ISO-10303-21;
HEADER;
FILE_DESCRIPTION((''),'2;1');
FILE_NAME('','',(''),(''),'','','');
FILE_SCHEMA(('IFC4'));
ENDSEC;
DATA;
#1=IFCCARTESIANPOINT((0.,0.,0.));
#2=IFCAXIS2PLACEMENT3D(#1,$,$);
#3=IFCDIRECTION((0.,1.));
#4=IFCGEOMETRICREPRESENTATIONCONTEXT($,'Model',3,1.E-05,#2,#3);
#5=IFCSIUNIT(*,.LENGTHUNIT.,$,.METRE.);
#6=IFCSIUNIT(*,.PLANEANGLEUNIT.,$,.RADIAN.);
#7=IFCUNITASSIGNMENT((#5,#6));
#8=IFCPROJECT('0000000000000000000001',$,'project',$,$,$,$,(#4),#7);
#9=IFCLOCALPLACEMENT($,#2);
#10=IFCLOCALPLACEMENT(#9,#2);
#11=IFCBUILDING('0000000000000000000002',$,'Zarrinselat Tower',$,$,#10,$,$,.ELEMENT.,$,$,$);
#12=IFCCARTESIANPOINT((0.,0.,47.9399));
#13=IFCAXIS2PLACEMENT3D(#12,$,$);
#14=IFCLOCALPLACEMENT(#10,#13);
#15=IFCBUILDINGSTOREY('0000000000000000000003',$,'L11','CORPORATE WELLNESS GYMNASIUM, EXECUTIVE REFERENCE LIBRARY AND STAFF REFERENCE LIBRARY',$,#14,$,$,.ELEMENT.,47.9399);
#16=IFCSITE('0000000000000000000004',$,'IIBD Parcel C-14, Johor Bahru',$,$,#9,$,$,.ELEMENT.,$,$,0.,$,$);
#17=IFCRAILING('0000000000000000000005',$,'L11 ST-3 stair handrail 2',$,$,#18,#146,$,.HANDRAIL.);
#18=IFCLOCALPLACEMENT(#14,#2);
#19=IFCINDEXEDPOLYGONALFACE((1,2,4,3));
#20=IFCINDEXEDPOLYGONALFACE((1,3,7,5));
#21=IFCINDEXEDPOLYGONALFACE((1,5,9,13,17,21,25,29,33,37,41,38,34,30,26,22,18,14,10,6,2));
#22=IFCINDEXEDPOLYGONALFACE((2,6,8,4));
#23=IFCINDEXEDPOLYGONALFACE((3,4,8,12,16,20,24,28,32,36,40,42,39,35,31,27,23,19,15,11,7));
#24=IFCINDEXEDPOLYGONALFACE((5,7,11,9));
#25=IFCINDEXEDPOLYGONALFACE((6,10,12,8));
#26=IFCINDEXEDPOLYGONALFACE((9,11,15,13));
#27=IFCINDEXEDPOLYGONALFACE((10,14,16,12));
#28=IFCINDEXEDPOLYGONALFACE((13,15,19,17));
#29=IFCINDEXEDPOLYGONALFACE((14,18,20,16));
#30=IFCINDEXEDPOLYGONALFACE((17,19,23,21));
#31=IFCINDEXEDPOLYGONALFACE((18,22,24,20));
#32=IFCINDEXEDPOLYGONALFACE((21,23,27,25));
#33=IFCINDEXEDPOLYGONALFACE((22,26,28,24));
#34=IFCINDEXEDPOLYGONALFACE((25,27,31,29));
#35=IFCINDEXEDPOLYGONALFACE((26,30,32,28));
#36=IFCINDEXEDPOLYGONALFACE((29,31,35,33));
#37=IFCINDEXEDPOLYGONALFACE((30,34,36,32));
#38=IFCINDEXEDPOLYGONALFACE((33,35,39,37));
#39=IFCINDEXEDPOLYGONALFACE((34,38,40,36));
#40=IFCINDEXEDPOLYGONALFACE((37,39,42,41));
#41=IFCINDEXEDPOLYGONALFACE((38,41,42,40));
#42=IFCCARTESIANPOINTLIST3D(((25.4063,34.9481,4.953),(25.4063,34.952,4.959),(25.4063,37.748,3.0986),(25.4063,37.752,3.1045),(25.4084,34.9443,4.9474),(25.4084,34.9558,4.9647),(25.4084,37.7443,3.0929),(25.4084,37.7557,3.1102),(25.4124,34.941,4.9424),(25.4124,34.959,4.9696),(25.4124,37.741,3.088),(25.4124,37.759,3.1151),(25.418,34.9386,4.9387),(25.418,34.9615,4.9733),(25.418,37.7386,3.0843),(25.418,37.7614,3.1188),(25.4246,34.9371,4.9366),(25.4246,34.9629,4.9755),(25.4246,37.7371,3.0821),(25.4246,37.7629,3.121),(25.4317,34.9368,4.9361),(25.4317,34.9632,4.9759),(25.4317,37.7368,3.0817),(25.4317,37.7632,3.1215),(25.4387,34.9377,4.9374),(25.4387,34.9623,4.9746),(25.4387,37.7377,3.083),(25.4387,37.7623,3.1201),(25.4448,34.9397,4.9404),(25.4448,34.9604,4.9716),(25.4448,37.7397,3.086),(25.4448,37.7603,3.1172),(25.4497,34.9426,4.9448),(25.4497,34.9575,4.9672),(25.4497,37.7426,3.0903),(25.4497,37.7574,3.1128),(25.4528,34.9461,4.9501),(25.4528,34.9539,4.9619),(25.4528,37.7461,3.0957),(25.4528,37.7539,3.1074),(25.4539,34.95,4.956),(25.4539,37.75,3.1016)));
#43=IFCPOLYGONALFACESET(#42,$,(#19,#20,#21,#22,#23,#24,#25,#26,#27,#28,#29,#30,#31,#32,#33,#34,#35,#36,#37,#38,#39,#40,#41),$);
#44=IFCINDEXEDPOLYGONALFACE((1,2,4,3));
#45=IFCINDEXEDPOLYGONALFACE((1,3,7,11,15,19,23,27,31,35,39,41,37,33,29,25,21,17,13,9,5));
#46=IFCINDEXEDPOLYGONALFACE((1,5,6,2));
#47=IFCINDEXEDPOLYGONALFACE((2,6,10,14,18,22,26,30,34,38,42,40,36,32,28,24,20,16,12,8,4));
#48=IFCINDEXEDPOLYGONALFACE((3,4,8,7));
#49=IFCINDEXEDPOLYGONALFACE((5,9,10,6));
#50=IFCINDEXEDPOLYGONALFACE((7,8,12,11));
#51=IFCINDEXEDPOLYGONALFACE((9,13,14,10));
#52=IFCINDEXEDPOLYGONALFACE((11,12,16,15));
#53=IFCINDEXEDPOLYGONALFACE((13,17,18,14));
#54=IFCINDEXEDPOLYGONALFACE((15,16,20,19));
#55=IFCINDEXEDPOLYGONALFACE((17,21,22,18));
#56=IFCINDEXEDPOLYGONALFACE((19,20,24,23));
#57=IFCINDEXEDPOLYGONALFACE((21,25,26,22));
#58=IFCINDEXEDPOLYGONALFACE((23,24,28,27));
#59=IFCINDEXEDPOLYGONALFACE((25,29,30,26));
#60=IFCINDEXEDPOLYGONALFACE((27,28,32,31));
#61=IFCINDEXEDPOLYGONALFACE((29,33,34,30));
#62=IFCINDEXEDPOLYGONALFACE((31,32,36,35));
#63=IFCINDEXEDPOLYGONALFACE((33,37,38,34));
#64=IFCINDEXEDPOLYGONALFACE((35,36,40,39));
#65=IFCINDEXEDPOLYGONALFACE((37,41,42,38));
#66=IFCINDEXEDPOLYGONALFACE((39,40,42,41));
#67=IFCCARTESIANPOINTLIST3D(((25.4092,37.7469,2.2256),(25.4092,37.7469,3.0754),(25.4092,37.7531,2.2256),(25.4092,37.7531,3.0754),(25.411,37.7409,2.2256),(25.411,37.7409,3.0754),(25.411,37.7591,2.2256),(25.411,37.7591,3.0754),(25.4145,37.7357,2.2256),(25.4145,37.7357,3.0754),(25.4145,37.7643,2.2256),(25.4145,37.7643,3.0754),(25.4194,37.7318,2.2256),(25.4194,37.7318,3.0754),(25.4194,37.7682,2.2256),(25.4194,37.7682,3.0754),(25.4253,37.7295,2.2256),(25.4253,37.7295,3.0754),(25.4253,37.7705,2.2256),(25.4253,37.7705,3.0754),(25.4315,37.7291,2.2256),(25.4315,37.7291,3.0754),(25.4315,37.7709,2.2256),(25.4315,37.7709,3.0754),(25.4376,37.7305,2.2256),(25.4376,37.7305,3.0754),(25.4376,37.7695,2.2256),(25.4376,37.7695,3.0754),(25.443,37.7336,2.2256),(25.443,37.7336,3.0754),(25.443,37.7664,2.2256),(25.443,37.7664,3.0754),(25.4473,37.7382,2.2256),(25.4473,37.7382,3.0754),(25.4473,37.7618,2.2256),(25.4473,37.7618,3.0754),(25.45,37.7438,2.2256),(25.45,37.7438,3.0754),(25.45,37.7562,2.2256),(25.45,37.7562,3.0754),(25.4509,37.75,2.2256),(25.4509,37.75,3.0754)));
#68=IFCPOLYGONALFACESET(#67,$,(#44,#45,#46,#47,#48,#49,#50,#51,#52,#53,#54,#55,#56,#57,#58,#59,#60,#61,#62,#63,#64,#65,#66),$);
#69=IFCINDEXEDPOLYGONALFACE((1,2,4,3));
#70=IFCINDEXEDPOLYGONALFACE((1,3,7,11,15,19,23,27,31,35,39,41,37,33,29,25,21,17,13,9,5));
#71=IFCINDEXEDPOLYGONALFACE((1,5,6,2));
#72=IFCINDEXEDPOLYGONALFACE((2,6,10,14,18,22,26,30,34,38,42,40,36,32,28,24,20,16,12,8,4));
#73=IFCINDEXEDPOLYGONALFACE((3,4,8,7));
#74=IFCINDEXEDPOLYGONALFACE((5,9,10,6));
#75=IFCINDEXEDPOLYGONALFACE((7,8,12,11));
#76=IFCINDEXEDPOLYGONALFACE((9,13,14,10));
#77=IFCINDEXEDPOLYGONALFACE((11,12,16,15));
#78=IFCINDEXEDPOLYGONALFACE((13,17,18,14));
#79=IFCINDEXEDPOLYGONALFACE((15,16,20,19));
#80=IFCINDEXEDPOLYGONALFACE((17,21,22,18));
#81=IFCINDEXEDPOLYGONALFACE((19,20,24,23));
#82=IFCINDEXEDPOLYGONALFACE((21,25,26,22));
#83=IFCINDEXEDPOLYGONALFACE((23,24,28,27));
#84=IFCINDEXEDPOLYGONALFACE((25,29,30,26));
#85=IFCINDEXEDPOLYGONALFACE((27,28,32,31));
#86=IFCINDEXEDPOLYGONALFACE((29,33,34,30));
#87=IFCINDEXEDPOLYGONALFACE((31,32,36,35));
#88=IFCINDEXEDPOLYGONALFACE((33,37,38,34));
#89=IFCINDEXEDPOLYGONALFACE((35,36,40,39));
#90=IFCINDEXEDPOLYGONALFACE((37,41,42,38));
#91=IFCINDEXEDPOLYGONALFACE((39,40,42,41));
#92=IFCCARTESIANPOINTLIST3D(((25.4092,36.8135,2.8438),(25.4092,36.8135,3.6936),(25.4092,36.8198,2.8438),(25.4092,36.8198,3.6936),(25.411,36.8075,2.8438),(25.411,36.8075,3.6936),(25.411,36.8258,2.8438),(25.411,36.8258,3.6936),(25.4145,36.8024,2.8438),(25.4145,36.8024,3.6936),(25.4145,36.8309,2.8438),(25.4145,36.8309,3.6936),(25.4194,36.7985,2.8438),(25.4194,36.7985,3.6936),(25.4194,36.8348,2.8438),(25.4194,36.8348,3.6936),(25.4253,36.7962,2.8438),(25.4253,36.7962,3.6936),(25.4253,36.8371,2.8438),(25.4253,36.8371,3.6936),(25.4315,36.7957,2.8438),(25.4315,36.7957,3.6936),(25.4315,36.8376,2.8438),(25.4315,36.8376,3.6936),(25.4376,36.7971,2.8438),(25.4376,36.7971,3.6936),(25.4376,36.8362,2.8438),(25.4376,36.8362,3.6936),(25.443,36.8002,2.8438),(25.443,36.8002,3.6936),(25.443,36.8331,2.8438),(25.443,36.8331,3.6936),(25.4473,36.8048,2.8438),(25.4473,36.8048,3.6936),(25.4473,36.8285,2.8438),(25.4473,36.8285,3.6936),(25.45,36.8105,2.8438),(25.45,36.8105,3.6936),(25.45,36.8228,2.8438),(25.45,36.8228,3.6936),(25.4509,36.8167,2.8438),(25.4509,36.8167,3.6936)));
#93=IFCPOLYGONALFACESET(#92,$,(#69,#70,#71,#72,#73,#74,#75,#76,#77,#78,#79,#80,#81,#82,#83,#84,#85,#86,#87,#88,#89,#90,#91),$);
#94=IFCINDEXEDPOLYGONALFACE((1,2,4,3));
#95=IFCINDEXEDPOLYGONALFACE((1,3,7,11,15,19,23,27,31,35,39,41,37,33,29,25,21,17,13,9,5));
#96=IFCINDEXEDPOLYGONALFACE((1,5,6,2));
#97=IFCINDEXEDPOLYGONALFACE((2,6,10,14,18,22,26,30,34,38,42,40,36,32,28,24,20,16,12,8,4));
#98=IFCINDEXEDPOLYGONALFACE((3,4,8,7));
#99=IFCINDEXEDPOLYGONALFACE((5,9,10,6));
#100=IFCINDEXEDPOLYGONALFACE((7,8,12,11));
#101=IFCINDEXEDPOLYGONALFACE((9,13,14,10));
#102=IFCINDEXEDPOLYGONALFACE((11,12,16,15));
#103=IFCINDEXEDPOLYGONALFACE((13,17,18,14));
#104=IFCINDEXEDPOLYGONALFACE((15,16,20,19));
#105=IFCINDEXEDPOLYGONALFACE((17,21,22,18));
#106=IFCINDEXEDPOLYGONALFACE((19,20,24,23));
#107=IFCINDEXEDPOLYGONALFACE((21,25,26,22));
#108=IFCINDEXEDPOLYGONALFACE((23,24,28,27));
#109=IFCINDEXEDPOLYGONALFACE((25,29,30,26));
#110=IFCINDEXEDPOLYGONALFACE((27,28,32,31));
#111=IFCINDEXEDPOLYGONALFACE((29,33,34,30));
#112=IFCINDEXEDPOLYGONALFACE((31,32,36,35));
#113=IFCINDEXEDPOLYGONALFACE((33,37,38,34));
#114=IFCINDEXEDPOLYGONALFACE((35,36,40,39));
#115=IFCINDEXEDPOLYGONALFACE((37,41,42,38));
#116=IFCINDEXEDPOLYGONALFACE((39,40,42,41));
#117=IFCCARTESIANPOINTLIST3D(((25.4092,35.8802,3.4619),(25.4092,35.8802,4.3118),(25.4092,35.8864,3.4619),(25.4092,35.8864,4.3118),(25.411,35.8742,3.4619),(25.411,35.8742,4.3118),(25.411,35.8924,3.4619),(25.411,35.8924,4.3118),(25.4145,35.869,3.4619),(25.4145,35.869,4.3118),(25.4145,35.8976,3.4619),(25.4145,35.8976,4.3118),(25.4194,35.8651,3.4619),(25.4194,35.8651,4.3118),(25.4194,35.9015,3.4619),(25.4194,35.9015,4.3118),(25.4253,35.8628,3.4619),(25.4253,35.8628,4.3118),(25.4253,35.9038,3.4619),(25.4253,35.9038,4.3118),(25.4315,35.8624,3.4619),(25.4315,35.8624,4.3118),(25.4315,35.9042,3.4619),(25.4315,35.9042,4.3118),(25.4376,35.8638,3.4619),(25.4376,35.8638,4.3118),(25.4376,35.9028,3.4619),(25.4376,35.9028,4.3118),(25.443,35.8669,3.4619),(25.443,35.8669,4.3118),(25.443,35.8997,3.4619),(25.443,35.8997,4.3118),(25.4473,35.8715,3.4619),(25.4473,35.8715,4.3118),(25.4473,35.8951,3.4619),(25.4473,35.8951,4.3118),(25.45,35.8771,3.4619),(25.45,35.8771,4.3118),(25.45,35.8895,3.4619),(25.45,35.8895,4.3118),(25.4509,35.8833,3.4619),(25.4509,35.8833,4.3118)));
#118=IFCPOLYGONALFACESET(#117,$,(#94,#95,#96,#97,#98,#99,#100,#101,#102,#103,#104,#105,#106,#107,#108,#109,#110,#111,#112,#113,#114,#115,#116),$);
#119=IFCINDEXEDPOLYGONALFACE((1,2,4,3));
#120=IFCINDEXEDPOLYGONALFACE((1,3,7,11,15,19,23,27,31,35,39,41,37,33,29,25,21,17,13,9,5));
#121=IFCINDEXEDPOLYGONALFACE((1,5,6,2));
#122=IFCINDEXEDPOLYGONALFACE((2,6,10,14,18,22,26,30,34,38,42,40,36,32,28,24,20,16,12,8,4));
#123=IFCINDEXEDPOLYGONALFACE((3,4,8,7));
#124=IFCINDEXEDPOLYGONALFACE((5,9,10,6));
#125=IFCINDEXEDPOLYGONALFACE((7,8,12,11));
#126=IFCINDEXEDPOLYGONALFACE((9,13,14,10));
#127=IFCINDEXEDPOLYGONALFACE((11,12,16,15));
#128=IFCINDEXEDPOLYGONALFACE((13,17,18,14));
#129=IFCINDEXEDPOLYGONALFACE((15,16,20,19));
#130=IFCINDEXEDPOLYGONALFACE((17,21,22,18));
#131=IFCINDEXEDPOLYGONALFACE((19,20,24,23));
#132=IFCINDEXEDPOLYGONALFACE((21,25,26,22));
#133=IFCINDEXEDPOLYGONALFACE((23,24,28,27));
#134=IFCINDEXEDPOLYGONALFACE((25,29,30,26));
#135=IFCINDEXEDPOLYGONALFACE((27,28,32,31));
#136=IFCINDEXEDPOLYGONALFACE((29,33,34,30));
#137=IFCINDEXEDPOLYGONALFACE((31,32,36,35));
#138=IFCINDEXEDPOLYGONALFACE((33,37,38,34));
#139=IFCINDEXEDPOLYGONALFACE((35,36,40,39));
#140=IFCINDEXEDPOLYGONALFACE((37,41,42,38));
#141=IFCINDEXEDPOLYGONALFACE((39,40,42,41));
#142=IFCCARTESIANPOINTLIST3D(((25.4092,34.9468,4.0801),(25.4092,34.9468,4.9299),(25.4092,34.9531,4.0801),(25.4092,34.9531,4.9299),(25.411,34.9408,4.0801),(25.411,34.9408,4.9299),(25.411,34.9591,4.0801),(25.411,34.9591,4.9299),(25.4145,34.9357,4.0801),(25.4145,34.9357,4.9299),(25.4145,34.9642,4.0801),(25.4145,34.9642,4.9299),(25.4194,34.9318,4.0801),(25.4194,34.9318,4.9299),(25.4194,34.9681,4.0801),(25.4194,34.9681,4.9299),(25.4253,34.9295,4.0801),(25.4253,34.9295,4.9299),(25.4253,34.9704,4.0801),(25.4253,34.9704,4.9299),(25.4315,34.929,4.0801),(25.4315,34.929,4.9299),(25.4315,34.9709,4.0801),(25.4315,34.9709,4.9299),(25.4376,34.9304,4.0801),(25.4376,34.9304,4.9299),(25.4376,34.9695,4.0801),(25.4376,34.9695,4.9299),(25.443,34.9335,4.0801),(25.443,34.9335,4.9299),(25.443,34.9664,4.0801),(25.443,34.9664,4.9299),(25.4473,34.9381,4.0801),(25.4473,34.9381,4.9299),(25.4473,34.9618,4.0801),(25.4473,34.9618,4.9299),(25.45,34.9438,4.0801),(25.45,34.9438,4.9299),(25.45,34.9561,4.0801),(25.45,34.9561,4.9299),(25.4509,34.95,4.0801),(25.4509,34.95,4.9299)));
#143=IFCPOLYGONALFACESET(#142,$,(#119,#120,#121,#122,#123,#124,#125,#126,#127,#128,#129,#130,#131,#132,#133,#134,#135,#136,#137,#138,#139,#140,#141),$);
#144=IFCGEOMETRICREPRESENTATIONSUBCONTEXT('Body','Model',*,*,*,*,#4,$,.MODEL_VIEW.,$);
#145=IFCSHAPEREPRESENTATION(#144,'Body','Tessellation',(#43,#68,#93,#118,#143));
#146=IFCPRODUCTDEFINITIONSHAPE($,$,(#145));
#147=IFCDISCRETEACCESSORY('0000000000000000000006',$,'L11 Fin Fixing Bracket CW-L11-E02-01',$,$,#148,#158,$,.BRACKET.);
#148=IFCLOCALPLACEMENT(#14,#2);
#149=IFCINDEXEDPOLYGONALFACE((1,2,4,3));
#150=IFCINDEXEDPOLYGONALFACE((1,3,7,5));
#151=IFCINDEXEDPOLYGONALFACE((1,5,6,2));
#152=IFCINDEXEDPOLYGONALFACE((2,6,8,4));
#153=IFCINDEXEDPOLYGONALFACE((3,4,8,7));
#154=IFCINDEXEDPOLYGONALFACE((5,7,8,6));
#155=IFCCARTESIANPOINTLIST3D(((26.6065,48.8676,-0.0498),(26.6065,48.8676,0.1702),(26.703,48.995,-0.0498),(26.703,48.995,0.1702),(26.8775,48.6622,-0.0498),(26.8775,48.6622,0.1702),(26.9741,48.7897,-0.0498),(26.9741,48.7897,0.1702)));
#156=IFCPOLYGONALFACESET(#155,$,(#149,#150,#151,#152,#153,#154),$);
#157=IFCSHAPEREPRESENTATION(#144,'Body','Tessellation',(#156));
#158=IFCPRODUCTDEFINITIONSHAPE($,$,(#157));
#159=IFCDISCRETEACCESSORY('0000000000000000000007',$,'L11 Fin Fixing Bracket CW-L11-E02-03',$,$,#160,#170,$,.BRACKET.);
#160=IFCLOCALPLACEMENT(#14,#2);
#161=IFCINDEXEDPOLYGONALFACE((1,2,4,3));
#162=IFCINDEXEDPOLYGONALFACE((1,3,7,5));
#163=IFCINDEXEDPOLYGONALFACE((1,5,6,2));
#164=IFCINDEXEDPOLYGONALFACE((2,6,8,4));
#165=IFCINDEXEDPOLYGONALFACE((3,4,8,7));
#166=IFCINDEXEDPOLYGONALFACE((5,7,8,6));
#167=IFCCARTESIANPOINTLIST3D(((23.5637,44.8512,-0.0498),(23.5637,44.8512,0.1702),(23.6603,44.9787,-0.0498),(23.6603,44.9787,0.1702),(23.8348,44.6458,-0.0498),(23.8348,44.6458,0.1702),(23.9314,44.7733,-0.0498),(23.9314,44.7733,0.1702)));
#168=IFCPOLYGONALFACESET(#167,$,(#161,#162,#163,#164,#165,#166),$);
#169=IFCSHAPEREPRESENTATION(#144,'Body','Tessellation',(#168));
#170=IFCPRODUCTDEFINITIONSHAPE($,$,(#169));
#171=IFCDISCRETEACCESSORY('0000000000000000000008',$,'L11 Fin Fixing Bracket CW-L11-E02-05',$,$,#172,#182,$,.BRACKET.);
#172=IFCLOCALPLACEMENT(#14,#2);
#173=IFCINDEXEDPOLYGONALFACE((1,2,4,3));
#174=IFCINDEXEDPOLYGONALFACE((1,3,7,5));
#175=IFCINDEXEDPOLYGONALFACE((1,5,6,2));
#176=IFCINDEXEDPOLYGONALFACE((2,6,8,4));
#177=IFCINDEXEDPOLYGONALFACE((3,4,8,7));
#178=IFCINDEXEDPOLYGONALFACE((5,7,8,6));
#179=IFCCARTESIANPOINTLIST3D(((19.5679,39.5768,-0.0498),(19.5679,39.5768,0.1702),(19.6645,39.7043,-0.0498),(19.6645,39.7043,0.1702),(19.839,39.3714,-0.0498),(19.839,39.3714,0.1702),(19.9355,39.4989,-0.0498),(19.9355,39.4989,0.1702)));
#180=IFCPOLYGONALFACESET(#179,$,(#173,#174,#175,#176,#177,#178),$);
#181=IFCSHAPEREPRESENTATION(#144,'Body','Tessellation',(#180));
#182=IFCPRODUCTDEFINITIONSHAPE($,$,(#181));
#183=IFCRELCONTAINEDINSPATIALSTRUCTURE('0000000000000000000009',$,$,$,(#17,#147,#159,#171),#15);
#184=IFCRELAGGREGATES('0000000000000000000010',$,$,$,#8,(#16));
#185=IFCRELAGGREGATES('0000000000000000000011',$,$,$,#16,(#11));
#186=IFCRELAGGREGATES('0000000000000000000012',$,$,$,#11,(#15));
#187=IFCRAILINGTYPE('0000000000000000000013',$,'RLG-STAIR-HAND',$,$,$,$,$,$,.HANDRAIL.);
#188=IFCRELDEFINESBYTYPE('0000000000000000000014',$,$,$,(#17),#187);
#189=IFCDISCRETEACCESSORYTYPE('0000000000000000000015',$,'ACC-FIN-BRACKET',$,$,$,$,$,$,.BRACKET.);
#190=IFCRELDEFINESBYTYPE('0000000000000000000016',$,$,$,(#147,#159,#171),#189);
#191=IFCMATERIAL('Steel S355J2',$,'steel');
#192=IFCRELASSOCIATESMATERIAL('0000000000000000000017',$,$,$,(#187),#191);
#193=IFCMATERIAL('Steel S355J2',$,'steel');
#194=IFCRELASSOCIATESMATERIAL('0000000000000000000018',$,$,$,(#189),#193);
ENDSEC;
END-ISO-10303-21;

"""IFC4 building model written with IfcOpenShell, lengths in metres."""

from ifc_helpers import new_model, si_unit, direction, frame, origin, origin_2d, place, context, subcontext, project, spatial, rectangle, circle, extrude, material, type_object, element, save


model = new_model("IFC4")

# Units and contexts
model_context = context("Model", 3, precision=1e-05, world=origin(), true_north=direction((0.0, 1.0)))
body_context = subcontext(model_context, "Body", "Model", "MODEL_VIEW")
ifc_project = project(units=[si_unit("LENGTHUNIT", "METRE"), si_unit("PLANEANGLEUNIT", "RADIAN")], contexts=[model_context])

# Site, building, storey
site_placement = place(None, origin())
site = spatial("IfcSite", under=ifc_project, at=site_placement, Name="IIBD Parcel C-14, Johor Bahru", CompositionType="ELEMENT", RefElevation=0.0)
building_placement = place(site_placement, origin())
building = spatial("IfcBuilding", under=site, at=building_placement, Name="Zarrinselat Tower", CompositionType="ELEMENT")
storey_placement = place(building_placement, frame((0.0, 0.0, 47.9399)))
storey = spatial("IfcBuildingStorey", under=building, at=storey_placement, Name="L11", Description="CORPORATE WELLNESS GYMNASIUM, EXECUTIVE REFERENCE LIBRARY AND STAFF REFERENCE LIBRARY", CompositionType="ELEMENT", Elevation=47.9399)

# Railing
ifc_material_1 = material(Name="Steel S355J2", Category="steel")
railing_type_1 = type_object("IfcRailingType", Name="RLG-STAIR-HAND", PredefinedType="HANDRAIL", material=ifc_material_1)
railing_1_placement = place(storey_placement, frame((25.4299, 37.75, 2.2256)))
element("IfcRailing", 1, at=railing_1_placement, inside=storey, type_object=railing_type_1, Name="L11 ST-3 stair handrail 2", PredefinedType="HANDRAIL", context=body_context, shape_type="SweptSolid", body=[
    extrude(circle(Radius=0.0239, at=origin_2d()), frame((0.0, 0.0, 0.876), z_axis=(0.0, -0.833724, 0.552181), x_axis=(1.0, 0.0, 0.0)), (0.0, 0.0, 1.0), 3.3584),
    extrude(circle(Radius=0.021, at=origin_2d()), origin(), (0.0, 0.0, 1.0), 0.8499),
    extrude(circle(Radius=0.021, at=origin_2d()), frame((0.0, -0.9333, 0.6182)), (0.0, 0.0, 1.0), 0.8499),
    extrude(circle(Radius=0.021, at=origin_2d()), frame((0.0, -1.8667, 1.2363)), (0.0, 0.0, 1.0), 0.8499),
    extrude(circle(Radius=0.021, at=origin_2d()), frame((0.0, -2.8, 1.8545)), (0.0, 0.0, 1.0), 0.8499),
])

# Discrete accessories
ifc_material_2 = material(Name="Steel S355J2", Category="steel")
discrete_accessory_type = type_object("IfcDiscreteAccessoryType", Name="ACC-FIN-BRACKET", PredefinedType="BRACKET", material=ifc_material_2)
for number, where, z_axis, x_axis, name in (
    (2, (26.7903, 48.8286, -0.0498), (0.0, 0.0, 1.0), (-0.797093, 0.603857, 0.0), "L11 Fin Fixing Bracket CW-L11-E02-01"),
    (3, (23.7476, 44.8123, -0.0498), (0.0, 0.0, 1.0), (-0.797093, 0.603857, 0.0), "L11 Fin Fixing Bracket CW-L11-E02-03"),
    (4, (19.7517, 39.5378, -0.0498), (0.0, 0.0, 1.0), (-0.797093, 0.603857, 0.0), "L11 Fin Fixing Bracket CW-L11-E02-05"),
):
    element("IfcDiscreteAccessory", number, at=place(storey_placement, frame(where, z_axis=z_axis, x_axis=x_axis)), inside=storey, type_object=discrete_accessory_type, Name=name, PredefinedType="BRACKET", context=body_context, shape_type="SweptSolid", body=[
        extrude(rectangle(XDim=0.3401, YDim=0.1599, at=origin_2d()), origin(), (0.0, 0.0, 1.0), 0.22),
    ])

save(model, "model.ifc")
